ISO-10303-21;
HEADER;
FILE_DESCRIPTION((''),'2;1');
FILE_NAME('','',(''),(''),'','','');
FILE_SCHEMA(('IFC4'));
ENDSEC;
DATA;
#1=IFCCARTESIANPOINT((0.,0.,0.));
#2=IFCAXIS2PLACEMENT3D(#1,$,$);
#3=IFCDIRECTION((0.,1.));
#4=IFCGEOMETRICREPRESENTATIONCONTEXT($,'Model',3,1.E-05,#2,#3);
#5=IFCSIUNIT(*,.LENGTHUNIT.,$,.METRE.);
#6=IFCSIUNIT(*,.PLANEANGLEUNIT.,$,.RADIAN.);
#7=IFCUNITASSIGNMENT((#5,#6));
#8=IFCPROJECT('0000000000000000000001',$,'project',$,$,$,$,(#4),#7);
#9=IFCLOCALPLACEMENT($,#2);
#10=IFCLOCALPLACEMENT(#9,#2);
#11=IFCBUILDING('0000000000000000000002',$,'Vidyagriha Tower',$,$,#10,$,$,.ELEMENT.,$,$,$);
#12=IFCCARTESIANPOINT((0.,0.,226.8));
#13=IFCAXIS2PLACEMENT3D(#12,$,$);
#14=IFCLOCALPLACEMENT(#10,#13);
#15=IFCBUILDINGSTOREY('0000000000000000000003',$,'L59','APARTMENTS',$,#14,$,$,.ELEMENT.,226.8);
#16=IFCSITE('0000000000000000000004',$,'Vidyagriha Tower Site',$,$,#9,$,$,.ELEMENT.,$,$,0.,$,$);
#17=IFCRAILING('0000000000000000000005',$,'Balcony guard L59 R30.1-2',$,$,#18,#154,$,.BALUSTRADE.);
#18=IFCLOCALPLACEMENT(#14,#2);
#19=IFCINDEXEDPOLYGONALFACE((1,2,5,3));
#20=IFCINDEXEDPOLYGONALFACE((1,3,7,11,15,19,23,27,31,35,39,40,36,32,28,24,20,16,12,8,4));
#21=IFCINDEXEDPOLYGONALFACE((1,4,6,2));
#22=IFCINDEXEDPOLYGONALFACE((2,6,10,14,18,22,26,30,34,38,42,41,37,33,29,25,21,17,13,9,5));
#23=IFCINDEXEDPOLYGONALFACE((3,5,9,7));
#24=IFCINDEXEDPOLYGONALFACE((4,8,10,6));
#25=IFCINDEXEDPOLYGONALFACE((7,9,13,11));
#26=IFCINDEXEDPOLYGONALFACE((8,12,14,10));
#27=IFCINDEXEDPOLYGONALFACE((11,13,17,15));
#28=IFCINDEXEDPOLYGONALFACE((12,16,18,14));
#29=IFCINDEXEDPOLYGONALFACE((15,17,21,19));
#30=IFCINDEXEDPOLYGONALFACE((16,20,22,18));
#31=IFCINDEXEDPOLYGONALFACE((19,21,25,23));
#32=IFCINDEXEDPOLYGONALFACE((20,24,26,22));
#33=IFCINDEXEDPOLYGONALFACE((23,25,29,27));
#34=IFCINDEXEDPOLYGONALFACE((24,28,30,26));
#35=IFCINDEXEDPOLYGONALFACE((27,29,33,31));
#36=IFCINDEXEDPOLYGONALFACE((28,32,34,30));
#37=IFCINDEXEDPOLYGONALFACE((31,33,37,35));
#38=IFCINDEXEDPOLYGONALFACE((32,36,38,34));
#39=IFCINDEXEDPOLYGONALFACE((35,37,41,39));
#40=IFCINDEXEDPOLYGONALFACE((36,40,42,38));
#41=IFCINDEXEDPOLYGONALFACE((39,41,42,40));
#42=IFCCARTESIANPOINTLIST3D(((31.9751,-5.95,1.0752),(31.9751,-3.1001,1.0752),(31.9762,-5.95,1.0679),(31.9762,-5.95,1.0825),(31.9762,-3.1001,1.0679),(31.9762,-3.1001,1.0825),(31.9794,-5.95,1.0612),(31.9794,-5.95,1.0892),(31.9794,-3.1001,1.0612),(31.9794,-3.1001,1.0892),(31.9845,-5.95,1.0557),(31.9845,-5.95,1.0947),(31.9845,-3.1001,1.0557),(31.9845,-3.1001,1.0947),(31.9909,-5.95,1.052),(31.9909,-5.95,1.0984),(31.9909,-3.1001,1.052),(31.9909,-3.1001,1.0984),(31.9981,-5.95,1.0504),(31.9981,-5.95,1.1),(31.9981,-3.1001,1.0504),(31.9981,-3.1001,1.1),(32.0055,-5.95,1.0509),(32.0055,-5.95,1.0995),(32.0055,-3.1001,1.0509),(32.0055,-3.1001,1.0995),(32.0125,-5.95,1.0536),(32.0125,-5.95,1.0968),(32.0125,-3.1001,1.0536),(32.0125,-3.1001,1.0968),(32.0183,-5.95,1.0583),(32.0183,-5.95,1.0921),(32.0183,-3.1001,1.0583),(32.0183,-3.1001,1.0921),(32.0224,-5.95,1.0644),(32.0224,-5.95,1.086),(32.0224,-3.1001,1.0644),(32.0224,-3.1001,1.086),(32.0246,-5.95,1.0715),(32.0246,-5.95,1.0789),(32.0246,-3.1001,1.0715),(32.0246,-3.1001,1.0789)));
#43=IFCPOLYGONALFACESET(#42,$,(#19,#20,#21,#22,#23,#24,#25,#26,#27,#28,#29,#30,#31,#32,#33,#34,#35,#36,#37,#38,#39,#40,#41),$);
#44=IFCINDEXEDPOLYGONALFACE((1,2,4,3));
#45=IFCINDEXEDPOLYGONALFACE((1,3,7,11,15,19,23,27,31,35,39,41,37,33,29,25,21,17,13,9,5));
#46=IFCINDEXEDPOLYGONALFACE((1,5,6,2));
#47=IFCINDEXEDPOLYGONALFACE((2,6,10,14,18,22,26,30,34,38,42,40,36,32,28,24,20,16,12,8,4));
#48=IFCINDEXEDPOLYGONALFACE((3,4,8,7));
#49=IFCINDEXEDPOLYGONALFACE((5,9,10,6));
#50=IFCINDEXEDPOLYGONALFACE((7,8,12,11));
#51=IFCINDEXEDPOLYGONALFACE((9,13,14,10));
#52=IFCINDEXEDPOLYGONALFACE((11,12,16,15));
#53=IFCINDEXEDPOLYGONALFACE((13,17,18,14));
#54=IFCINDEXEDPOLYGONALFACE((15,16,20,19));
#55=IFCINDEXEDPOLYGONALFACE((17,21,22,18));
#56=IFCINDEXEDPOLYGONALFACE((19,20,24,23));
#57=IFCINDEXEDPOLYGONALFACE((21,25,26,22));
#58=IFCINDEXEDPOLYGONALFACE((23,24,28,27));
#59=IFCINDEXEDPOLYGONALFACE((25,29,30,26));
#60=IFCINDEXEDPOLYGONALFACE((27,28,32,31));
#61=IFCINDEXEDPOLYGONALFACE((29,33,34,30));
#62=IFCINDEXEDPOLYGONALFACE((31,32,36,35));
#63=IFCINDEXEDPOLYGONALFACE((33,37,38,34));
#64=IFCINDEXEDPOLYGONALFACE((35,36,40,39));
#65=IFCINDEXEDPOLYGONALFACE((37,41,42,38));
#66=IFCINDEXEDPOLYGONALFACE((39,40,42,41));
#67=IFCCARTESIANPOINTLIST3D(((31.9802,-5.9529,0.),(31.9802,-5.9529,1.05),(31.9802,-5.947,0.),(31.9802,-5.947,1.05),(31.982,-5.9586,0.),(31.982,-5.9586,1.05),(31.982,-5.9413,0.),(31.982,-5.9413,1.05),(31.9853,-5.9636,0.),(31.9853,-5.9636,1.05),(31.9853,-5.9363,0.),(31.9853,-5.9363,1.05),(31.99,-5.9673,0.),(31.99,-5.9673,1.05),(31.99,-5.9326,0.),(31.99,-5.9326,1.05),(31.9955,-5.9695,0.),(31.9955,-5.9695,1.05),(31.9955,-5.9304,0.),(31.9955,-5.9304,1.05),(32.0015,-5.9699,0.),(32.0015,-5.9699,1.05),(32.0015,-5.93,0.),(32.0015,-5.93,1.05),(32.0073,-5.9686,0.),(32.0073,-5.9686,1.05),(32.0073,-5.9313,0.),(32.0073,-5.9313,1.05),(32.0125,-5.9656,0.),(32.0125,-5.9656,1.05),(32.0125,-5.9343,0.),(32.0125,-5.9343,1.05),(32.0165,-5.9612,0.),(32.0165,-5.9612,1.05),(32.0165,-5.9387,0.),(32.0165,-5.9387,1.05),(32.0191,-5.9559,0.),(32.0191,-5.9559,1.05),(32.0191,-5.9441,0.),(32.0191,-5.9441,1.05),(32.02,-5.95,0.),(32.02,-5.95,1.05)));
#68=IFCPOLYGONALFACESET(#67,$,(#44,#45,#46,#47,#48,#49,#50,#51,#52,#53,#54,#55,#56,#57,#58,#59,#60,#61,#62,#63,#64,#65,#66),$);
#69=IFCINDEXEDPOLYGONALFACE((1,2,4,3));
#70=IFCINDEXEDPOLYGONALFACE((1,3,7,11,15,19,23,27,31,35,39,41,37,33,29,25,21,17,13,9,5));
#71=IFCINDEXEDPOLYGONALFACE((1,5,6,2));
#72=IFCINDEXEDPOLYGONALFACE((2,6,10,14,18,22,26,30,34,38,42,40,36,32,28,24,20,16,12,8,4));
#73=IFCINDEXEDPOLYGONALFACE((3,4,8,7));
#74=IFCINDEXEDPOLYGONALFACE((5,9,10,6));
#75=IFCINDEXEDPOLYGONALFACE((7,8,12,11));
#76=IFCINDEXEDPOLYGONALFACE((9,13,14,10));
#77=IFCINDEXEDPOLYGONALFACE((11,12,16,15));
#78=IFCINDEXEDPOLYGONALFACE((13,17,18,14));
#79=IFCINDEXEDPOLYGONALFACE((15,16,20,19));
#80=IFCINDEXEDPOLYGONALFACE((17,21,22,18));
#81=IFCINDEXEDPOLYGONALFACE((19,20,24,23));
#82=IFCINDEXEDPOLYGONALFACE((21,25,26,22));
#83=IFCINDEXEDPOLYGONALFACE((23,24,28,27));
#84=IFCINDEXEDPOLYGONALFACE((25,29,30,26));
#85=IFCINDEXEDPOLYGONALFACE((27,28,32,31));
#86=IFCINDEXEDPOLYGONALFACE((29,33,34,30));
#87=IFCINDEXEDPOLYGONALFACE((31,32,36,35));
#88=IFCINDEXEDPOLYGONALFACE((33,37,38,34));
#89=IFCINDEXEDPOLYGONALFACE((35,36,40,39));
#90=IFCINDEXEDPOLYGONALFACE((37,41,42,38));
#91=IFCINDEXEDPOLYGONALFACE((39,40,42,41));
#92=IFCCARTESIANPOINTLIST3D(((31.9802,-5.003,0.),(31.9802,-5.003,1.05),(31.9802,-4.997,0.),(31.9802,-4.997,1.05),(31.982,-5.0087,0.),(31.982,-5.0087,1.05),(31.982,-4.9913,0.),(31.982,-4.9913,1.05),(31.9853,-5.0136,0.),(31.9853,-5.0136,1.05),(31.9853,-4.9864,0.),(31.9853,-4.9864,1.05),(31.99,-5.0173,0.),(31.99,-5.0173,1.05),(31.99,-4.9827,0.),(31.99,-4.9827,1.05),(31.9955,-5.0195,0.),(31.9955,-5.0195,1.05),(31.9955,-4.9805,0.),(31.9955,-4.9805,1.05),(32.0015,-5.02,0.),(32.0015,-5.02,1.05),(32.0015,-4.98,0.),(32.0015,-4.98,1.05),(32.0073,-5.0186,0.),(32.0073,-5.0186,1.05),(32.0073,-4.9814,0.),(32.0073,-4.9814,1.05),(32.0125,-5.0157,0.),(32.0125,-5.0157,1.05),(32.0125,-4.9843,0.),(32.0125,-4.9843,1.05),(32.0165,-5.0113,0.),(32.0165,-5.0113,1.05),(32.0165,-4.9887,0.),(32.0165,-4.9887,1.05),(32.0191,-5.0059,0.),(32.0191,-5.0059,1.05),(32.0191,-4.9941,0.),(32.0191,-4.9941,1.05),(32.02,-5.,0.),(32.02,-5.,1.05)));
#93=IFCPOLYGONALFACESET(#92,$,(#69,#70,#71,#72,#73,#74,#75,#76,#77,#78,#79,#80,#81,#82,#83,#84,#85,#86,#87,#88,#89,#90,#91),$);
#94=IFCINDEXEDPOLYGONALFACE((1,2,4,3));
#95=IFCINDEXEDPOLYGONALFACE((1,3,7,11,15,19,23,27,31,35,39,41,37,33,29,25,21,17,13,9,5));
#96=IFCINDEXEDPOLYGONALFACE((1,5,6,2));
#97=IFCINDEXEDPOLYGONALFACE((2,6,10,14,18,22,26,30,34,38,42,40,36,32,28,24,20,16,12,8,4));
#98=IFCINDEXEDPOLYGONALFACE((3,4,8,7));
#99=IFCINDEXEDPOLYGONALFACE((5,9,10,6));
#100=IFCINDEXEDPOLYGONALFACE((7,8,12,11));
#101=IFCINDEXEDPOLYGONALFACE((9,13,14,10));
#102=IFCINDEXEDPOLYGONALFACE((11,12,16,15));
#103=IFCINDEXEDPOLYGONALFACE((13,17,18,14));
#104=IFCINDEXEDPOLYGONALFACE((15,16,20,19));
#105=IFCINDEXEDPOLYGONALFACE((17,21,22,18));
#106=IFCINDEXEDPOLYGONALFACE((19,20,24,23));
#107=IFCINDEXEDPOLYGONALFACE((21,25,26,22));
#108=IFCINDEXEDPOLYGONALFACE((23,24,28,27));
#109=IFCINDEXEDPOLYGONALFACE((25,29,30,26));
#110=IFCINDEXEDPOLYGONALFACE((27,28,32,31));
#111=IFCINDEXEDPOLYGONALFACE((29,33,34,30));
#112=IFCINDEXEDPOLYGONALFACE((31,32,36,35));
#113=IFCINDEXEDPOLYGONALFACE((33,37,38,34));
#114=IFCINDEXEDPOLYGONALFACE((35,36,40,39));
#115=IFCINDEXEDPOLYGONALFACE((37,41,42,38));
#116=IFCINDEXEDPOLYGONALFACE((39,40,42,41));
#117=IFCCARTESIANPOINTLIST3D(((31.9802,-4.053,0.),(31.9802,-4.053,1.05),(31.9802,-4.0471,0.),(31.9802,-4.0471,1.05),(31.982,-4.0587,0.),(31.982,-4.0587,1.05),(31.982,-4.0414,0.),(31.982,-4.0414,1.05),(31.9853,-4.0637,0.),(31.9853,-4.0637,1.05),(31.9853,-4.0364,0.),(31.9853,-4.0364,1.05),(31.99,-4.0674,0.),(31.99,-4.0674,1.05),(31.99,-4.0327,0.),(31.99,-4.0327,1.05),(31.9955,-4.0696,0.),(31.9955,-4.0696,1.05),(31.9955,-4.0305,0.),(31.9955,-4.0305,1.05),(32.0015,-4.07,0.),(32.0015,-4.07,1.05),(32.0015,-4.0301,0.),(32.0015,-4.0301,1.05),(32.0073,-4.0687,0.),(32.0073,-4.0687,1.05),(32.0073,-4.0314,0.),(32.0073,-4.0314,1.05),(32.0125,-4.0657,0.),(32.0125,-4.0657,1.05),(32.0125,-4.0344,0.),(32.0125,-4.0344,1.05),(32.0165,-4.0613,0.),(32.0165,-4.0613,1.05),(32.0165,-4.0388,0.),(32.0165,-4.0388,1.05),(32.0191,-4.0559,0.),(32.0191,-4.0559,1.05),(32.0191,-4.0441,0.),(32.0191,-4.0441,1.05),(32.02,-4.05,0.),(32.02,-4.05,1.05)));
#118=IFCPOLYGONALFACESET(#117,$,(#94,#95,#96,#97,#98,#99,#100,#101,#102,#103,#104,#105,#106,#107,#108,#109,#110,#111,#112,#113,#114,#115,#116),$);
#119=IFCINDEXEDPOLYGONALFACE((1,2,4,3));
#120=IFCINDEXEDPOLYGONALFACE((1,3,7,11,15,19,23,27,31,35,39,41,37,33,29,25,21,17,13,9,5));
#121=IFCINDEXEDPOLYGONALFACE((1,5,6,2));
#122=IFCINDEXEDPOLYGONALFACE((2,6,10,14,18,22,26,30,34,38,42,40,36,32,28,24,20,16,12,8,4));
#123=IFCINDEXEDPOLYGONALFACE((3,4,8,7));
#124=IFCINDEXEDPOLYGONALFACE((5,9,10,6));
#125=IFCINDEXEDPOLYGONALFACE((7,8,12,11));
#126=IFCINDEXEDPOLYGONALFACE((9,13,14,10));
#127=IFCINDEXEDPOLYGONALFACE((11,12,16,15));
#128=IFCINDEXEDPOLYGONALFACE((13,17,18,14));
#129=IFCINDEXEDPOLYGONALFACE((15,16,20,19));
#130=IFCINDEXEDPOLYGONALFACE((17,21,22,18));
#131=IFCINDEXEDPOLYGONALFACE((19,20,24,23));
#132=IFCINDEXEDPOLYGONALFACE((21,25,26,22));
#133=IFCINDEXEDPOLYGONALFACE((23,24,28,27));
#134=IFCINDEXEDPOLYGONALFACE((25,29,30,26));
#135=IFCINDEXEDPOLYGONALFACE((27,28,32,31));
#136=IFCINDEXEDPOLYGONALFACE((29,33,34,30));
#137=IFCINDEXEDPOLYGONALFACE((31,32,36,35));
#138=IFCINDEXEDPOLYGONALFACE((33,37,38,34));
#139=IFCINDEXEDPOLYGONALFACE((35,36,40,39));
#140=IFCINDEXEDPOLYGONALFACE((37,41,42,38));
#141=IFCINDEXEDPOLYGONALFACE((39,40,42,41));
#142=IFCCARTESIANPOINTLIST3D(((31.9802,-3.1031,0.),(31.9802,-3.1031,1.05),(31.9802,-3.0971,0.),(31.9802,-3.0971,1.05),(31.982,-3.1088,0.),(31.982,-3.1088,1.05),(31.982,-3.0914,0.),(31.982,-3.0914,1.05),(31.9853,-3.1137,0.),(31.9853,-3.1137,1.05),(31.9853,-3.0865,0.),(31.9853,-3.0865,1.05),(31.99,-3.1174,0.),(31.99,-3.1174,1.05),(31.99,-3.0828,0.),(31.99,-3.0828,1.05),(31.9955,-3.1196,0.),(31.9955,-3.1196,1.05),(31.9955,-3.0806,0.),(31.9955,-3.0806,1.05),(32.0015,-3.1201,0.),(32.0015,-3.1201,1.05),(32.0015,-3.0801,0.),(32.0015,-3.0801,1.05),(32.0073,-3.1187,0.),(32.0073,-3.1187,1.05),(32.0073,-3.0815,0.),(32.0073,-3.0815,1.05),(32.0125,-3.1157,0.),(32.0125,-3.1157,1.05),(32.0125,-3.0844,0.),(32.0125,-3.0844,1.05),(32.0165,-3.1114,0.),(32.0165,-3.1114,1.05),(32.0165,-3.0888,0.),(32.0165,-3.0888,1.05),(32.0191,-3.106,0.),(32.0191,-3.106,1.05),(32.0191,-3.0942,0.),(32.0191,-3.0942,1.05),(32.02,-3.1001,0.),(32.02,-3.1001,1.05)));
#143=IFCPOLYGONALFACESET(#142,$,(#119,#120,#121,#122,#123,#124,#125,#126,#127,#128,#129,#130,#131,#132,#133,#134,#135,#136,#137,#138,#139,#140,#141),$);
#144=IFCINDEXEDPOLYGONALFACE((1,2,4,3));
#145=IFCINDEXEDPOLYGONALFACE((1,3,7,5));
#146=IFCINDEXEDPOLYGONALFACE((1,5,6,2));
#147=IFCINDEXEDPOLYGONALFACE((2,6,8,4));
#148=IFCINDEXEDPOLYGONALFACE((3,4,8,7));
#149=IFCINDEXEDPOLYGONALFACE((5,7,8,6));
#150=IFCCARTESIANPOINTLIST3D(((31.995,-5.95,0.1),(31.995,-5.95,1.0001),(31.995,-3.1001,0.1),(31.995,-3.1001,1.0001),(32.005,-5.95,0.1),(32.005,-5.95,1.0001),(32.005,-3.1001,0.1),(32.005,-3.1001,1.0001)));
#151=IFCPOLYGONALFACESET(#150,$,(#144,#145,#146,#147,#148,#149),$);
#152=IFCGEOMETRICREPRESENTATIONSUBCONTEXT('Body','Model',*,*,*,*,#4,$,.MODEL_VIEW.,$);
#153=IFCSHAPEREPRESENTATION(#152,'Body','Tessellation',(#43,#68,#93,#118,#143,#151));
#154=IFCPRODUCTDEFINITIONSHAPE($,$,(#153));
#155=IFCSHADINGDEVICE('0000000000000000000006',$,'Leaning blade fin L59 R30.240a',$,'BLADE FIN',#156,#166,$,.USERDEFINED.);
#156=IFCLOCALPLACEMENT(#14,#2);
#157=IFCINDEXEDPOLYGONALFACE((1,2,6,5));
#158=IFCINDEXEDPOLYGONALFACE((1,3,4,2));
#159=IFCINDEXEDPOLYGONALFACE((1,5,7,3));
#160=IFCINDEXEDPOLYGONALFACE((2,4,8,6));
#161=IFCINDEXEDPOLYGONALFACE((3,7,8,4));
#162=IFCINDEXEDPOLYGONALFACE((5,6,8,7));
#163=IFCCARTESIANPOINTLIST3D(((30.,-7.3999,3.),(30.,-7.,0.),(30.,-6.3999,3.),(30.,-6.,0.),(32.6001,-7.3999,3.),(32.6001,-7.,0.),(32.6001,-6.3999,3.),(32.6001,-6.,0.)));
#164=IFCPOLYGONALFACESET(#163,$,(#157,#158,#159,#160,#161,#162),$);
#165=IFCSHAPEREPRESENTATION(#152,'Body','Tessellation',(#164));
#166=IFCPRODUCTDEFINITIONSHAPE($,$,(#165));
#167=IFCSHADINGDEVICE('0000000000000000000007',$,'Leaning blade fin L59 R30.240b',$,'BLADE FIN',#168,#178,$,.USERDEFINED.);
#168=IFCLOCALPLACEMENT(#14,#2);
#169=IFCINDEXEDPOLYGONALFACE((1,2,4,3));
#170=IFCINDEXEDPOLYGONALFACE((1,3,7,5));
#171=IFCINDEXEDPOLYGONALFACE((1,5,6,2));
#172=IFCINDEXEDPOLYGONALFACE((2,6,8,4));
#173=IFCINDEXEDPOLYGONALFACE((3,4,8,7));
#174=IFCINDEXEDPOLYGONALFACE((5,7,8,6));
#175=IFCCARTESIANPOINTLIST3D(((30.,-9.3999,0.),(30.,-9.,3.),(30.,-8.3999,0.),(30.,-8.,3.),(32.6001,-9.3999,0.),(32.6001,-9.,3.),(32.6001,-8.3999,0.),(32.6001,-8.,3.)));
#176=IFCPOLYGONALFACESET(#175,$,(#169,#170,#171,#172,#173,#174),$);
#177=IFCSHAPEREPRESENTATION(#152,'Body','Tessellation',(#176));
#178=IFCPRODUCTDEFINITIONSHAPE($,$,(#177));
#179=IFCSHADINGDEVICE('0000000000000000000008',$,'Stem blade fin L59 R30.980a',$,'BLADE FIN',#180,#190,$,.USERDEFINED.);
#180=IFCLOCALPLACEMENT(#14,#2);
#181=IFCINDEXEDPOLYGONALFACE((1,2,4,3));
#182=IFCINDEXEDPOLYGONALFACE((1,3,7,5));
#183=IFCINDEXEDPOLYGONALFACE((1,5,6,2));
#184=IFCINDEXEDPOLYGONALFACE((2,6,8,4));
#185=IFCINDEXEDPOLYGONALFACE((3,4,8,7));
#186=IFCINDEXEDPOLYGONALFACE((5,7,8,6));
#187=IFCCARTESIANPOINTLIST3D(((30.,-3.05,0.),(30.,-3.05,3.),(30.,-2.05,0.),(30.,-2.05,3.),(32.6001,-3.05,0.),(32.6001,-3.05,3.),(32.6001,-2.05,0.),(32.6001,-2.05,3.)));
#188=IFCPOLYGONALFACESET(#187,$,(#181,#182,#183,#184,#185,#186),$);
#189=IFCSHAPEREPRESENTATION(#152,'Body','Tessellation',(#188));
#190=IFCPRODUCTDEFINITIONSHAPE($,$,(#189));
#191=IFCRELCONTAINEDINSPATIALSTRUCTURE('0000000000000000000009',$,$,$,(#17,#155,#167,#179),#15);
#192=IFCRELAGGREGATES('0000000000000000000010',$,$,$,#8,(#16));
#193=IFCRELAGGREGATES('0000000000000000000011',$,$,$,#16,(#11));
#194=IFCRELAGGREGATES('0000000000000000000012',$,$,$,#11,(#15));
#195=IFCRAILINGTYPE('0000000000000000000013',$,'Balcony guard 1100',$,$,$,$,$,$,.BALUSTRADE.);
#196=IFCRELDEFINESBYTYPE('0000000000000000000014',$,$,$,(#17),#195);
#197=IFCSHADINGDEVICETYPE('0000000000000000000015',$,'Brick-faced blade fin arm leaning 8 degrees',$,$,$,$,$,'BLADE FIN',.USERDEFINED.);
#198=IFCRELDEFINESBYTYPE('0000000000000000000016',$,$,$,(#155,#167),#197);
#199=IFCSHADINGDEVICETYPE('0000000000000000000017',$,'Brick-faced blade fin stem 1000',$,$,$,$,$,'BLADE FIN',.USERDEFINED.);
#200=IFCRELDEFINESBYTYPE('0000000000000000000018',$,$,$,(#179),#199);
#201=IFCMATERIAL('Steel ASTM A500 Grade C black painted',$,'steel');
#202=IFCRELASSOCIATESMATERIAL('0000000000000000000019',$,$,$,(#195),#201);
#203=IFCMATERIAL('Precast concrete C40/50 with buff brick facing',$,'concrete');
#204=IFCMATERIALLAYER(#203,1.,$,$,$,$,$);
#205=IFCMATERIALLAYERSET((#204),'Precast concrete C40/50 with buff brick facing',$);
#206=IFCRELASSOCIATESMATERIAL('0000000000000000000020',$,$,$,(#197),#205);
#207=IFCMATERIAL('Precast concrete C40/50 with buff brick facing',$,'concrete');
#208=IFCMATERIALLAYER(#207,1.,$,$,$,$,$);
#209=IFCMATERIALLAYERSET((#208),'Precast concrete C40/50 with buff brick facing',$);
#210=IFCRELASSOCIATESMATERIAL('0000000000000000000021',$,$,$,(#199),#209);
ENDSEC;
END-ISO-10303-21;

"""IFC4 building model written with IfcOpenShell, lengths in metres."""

from ifc_helpers import new_model, si_unit, direction, frame, origin, origin_2d, place, context, subcontext, project, spatial, polyline, rectangle, circle, outline, extrude, material, layer, layer_set, type_object, element, save


model = new_model("IFC4")

# Units and contexts
model_context = context("Model", 3, precision=1e-05, world=origin(), true_north=direction((0.0, 1.0)))
body_context = subcontext(model_context, "Body", "Model", "MODEL_VIEW")
ifc_project = project(units=[si_unit("LENGTHUNIT", "METRE"), si_unit("PLANEANGLEUNIT", "RADIAN")], contexts=[model_context])

# Site, building, storey
site_placement = place(None, origin())
site = spatial("IfcSite", under=ifc_project, at=site_placement, Name="Vidyagriha Tower Site", CompositionType="ELEMENT", RefElevation=0.0)
building_placement = place(site_placement, origin())
building = spatial("IfcBuilding", under=site, at=building_placement, Name="Vidyagriha Tower", CompositionType="ELEMENT")
storey_placement = place(building_placement, frame((0.0, 0.0, 226.8)))
storey = spatial("IfcBuildingStorey", under=building, at=storey_placement, Name="L59", Description="APARTMENTS", CompositionType="ELEMENT", Elevation=226.8)

# Railing
ifc_material_1 = material(Name="Steel ASTM A500 Grade C black painted", Category="steel")
railing_type = type_object("IfcRailingType", Name="Balcony guard 1100", PredefinedType="BALUSTRADE", material=ifc_material_1)
railing_1_placement = place(storey_placement, frame((32.0, -5.95, 0.0)))
element("IfcRailing", 1, at=railing_1_placement, inside=storey, type_object=railing_type, Name="Balcony guard L59 R30.1-2", PredefinedType="BALUSTRADE", context=body_context, shape_type="SweptSolid", body=[
    extrude(circle(Radius=0.0249, at=origin_2d()), frame((0.0, 0.0, 1.0752), z_axis=(0.0, 1.0, 0.0), x_axis=(-1.0, 0.0, 0.0)), (0.0, 0.0, 1.0), 2.8499),
    extrude(circle(Radius=0.02, at=origin_2d()), origin(), (0.0, 0.0, 1.0), 1.05),
    extrude(circle(Radius=0.02, at=origin_2d()), frame((0.0, 0.95, 0.0)), (0.0, 0.0, 1.0), 1.05),
    extrude(circle(Radius=0.02, at=origin_2d()), frame((0.0, 1.8999, 0.0)), (0.0, 0.0, 1.0), 1.05),
    extrude(circle(Radius=0.02, at=origin_2d()), frame((0.0, 2.8499, 0.0)), (0.0, 0.0, 1.0), 1.05),
    extrude(rectangle(XDim=0.01, YDim=0.9001, at=origin_2d()), frame((0.0, 0.0, 0.55), z_axis=(0.0, 1.0, 0.0), x_axis=(-1.0, 0.0, 0.0)), (0.0, 0.0, 1.0), 2.8499),
])

# Shading devices
ifc_material_2 = material(Name="Precast concrete C40/50 with buff brick facing", Category="concrete")
ifc_layer_1 = layer(ifc_material_2, 1.0)
ifc_layer_set_1 = layer_set([ifc_layer_1], Name="Precast concrete C40/50 with buff brick facing")
shading_device_type_1 = type_object("IfcShadingDeviceType", Name="Brick-faced blade fin arm leaning 8 degrees", ElementType="BLADE FIN", PredefinedType="USERDEFINED", material=ifc_layer_set_1)
shading_device_1_placement = place(storey_placement, frame((31.3, -7.3999, 0.0), z_axis=(0.0, 0.0, 1.0), x_axis=(0.0, 1.0, 0.0)))
element("IfcShadingDevice", 2, at=shading_device_1_placement, inside=storey, type_object=shading_device_type_1, Name="Leaning blade fin L59 R30.240a", ObjectType="BLADE FIN", PredefinedType="USERDEFINED", context=body_context, shape_type="SweptSolid", body=[
    extrude(outline(polyline([(0.3999, 0.0), (1.3999, 0.0), (1.0, 3.0), (0.0, 3.0), (0.3999, 0.0)])), frame((0.0, 1.3, 0.0), z_axis=(0.0, -1.0, 0.0), x_axis=(1.0, 0.0, 0.0)), (0.0, 0.0, 1.0), 2.6001),
])
shading_device_2_placement = place(storey_placement, frame((31.3, -9.3999, 0.0), z_axis=(0.0, 0.0, 1.0), x_axis=(0.0, 1.0, 0.0)))
element("IfcShadingDevice", 3, at=shading_device_2_placement, inside=storey, type_object=shading_device_type_1, Name="Leaning blade fin L59 R30.240b", ObjectType="BLADE FIN", PredefinedType="USERDEFINED", context=body_context, shape_type="SweptSolid", body=[
    extrude(outline(polyline([(0.0, 0.0), (1.0, 0.0), (1.3999, 3.0), (0.3999, 3.0), (0.0, 0.0)])), frame((0.0, 1.3, 0.0), z_axis=(0.0, -1.0, 0.0), x_axis=(1.0, 0.0, 0.0)), (0.0, 0.0, 1.0), 2.6001),
])
ifc_material_3 = material(Name="Precast concrete C40/50 with buff brick facing", Category="concrete")
ifc_layer_2 = layer(ifc_material_3, 1.0)
ifc_layer_set_2 = layer_set([ifc_layer_2], Name="Precast concrete C40/50 with buff brick facing")
shading_device_type_2 = type_object("IfcShadingDeviceType", Name="Brick-faced blade fin stem 1000", ElementType="BLADE FIN", PredefinedType="USERDEFINED", material=ifc_layer_set_2)
shading_device_3_placement = place(storey_placement, frame((31.3, -3.05, 0.0), z_axis=(0.0, 0.0, 1.0), x_axis=(0.0, 1.0, 0.0)))
element("IfcShadingDevice", 4, at=shading_device_3_placement, inside=storey, type_object=shading_device_type_2, Name="Stem blade fin L59 R30.980a", ObjectType="BLADE FIN", PredefinedType="USERDEFINED", context=body_context, shape_type="SweptSolid", body=[
    extrude(outline(polyline([(0.0, 0.0), (1.0, 0.0), (1.0, 3.0), (0.0, 3.0), (0.0, 0.0)])), frame((0.0, 1.3, 0.0), z_axis=(0.0, -1.0, 0.0), x_axis=(1.0, 0.0, 0.0)), (0.0, 0.0, 1.0), 2.6001),
])

save(model, "model.ifc")
